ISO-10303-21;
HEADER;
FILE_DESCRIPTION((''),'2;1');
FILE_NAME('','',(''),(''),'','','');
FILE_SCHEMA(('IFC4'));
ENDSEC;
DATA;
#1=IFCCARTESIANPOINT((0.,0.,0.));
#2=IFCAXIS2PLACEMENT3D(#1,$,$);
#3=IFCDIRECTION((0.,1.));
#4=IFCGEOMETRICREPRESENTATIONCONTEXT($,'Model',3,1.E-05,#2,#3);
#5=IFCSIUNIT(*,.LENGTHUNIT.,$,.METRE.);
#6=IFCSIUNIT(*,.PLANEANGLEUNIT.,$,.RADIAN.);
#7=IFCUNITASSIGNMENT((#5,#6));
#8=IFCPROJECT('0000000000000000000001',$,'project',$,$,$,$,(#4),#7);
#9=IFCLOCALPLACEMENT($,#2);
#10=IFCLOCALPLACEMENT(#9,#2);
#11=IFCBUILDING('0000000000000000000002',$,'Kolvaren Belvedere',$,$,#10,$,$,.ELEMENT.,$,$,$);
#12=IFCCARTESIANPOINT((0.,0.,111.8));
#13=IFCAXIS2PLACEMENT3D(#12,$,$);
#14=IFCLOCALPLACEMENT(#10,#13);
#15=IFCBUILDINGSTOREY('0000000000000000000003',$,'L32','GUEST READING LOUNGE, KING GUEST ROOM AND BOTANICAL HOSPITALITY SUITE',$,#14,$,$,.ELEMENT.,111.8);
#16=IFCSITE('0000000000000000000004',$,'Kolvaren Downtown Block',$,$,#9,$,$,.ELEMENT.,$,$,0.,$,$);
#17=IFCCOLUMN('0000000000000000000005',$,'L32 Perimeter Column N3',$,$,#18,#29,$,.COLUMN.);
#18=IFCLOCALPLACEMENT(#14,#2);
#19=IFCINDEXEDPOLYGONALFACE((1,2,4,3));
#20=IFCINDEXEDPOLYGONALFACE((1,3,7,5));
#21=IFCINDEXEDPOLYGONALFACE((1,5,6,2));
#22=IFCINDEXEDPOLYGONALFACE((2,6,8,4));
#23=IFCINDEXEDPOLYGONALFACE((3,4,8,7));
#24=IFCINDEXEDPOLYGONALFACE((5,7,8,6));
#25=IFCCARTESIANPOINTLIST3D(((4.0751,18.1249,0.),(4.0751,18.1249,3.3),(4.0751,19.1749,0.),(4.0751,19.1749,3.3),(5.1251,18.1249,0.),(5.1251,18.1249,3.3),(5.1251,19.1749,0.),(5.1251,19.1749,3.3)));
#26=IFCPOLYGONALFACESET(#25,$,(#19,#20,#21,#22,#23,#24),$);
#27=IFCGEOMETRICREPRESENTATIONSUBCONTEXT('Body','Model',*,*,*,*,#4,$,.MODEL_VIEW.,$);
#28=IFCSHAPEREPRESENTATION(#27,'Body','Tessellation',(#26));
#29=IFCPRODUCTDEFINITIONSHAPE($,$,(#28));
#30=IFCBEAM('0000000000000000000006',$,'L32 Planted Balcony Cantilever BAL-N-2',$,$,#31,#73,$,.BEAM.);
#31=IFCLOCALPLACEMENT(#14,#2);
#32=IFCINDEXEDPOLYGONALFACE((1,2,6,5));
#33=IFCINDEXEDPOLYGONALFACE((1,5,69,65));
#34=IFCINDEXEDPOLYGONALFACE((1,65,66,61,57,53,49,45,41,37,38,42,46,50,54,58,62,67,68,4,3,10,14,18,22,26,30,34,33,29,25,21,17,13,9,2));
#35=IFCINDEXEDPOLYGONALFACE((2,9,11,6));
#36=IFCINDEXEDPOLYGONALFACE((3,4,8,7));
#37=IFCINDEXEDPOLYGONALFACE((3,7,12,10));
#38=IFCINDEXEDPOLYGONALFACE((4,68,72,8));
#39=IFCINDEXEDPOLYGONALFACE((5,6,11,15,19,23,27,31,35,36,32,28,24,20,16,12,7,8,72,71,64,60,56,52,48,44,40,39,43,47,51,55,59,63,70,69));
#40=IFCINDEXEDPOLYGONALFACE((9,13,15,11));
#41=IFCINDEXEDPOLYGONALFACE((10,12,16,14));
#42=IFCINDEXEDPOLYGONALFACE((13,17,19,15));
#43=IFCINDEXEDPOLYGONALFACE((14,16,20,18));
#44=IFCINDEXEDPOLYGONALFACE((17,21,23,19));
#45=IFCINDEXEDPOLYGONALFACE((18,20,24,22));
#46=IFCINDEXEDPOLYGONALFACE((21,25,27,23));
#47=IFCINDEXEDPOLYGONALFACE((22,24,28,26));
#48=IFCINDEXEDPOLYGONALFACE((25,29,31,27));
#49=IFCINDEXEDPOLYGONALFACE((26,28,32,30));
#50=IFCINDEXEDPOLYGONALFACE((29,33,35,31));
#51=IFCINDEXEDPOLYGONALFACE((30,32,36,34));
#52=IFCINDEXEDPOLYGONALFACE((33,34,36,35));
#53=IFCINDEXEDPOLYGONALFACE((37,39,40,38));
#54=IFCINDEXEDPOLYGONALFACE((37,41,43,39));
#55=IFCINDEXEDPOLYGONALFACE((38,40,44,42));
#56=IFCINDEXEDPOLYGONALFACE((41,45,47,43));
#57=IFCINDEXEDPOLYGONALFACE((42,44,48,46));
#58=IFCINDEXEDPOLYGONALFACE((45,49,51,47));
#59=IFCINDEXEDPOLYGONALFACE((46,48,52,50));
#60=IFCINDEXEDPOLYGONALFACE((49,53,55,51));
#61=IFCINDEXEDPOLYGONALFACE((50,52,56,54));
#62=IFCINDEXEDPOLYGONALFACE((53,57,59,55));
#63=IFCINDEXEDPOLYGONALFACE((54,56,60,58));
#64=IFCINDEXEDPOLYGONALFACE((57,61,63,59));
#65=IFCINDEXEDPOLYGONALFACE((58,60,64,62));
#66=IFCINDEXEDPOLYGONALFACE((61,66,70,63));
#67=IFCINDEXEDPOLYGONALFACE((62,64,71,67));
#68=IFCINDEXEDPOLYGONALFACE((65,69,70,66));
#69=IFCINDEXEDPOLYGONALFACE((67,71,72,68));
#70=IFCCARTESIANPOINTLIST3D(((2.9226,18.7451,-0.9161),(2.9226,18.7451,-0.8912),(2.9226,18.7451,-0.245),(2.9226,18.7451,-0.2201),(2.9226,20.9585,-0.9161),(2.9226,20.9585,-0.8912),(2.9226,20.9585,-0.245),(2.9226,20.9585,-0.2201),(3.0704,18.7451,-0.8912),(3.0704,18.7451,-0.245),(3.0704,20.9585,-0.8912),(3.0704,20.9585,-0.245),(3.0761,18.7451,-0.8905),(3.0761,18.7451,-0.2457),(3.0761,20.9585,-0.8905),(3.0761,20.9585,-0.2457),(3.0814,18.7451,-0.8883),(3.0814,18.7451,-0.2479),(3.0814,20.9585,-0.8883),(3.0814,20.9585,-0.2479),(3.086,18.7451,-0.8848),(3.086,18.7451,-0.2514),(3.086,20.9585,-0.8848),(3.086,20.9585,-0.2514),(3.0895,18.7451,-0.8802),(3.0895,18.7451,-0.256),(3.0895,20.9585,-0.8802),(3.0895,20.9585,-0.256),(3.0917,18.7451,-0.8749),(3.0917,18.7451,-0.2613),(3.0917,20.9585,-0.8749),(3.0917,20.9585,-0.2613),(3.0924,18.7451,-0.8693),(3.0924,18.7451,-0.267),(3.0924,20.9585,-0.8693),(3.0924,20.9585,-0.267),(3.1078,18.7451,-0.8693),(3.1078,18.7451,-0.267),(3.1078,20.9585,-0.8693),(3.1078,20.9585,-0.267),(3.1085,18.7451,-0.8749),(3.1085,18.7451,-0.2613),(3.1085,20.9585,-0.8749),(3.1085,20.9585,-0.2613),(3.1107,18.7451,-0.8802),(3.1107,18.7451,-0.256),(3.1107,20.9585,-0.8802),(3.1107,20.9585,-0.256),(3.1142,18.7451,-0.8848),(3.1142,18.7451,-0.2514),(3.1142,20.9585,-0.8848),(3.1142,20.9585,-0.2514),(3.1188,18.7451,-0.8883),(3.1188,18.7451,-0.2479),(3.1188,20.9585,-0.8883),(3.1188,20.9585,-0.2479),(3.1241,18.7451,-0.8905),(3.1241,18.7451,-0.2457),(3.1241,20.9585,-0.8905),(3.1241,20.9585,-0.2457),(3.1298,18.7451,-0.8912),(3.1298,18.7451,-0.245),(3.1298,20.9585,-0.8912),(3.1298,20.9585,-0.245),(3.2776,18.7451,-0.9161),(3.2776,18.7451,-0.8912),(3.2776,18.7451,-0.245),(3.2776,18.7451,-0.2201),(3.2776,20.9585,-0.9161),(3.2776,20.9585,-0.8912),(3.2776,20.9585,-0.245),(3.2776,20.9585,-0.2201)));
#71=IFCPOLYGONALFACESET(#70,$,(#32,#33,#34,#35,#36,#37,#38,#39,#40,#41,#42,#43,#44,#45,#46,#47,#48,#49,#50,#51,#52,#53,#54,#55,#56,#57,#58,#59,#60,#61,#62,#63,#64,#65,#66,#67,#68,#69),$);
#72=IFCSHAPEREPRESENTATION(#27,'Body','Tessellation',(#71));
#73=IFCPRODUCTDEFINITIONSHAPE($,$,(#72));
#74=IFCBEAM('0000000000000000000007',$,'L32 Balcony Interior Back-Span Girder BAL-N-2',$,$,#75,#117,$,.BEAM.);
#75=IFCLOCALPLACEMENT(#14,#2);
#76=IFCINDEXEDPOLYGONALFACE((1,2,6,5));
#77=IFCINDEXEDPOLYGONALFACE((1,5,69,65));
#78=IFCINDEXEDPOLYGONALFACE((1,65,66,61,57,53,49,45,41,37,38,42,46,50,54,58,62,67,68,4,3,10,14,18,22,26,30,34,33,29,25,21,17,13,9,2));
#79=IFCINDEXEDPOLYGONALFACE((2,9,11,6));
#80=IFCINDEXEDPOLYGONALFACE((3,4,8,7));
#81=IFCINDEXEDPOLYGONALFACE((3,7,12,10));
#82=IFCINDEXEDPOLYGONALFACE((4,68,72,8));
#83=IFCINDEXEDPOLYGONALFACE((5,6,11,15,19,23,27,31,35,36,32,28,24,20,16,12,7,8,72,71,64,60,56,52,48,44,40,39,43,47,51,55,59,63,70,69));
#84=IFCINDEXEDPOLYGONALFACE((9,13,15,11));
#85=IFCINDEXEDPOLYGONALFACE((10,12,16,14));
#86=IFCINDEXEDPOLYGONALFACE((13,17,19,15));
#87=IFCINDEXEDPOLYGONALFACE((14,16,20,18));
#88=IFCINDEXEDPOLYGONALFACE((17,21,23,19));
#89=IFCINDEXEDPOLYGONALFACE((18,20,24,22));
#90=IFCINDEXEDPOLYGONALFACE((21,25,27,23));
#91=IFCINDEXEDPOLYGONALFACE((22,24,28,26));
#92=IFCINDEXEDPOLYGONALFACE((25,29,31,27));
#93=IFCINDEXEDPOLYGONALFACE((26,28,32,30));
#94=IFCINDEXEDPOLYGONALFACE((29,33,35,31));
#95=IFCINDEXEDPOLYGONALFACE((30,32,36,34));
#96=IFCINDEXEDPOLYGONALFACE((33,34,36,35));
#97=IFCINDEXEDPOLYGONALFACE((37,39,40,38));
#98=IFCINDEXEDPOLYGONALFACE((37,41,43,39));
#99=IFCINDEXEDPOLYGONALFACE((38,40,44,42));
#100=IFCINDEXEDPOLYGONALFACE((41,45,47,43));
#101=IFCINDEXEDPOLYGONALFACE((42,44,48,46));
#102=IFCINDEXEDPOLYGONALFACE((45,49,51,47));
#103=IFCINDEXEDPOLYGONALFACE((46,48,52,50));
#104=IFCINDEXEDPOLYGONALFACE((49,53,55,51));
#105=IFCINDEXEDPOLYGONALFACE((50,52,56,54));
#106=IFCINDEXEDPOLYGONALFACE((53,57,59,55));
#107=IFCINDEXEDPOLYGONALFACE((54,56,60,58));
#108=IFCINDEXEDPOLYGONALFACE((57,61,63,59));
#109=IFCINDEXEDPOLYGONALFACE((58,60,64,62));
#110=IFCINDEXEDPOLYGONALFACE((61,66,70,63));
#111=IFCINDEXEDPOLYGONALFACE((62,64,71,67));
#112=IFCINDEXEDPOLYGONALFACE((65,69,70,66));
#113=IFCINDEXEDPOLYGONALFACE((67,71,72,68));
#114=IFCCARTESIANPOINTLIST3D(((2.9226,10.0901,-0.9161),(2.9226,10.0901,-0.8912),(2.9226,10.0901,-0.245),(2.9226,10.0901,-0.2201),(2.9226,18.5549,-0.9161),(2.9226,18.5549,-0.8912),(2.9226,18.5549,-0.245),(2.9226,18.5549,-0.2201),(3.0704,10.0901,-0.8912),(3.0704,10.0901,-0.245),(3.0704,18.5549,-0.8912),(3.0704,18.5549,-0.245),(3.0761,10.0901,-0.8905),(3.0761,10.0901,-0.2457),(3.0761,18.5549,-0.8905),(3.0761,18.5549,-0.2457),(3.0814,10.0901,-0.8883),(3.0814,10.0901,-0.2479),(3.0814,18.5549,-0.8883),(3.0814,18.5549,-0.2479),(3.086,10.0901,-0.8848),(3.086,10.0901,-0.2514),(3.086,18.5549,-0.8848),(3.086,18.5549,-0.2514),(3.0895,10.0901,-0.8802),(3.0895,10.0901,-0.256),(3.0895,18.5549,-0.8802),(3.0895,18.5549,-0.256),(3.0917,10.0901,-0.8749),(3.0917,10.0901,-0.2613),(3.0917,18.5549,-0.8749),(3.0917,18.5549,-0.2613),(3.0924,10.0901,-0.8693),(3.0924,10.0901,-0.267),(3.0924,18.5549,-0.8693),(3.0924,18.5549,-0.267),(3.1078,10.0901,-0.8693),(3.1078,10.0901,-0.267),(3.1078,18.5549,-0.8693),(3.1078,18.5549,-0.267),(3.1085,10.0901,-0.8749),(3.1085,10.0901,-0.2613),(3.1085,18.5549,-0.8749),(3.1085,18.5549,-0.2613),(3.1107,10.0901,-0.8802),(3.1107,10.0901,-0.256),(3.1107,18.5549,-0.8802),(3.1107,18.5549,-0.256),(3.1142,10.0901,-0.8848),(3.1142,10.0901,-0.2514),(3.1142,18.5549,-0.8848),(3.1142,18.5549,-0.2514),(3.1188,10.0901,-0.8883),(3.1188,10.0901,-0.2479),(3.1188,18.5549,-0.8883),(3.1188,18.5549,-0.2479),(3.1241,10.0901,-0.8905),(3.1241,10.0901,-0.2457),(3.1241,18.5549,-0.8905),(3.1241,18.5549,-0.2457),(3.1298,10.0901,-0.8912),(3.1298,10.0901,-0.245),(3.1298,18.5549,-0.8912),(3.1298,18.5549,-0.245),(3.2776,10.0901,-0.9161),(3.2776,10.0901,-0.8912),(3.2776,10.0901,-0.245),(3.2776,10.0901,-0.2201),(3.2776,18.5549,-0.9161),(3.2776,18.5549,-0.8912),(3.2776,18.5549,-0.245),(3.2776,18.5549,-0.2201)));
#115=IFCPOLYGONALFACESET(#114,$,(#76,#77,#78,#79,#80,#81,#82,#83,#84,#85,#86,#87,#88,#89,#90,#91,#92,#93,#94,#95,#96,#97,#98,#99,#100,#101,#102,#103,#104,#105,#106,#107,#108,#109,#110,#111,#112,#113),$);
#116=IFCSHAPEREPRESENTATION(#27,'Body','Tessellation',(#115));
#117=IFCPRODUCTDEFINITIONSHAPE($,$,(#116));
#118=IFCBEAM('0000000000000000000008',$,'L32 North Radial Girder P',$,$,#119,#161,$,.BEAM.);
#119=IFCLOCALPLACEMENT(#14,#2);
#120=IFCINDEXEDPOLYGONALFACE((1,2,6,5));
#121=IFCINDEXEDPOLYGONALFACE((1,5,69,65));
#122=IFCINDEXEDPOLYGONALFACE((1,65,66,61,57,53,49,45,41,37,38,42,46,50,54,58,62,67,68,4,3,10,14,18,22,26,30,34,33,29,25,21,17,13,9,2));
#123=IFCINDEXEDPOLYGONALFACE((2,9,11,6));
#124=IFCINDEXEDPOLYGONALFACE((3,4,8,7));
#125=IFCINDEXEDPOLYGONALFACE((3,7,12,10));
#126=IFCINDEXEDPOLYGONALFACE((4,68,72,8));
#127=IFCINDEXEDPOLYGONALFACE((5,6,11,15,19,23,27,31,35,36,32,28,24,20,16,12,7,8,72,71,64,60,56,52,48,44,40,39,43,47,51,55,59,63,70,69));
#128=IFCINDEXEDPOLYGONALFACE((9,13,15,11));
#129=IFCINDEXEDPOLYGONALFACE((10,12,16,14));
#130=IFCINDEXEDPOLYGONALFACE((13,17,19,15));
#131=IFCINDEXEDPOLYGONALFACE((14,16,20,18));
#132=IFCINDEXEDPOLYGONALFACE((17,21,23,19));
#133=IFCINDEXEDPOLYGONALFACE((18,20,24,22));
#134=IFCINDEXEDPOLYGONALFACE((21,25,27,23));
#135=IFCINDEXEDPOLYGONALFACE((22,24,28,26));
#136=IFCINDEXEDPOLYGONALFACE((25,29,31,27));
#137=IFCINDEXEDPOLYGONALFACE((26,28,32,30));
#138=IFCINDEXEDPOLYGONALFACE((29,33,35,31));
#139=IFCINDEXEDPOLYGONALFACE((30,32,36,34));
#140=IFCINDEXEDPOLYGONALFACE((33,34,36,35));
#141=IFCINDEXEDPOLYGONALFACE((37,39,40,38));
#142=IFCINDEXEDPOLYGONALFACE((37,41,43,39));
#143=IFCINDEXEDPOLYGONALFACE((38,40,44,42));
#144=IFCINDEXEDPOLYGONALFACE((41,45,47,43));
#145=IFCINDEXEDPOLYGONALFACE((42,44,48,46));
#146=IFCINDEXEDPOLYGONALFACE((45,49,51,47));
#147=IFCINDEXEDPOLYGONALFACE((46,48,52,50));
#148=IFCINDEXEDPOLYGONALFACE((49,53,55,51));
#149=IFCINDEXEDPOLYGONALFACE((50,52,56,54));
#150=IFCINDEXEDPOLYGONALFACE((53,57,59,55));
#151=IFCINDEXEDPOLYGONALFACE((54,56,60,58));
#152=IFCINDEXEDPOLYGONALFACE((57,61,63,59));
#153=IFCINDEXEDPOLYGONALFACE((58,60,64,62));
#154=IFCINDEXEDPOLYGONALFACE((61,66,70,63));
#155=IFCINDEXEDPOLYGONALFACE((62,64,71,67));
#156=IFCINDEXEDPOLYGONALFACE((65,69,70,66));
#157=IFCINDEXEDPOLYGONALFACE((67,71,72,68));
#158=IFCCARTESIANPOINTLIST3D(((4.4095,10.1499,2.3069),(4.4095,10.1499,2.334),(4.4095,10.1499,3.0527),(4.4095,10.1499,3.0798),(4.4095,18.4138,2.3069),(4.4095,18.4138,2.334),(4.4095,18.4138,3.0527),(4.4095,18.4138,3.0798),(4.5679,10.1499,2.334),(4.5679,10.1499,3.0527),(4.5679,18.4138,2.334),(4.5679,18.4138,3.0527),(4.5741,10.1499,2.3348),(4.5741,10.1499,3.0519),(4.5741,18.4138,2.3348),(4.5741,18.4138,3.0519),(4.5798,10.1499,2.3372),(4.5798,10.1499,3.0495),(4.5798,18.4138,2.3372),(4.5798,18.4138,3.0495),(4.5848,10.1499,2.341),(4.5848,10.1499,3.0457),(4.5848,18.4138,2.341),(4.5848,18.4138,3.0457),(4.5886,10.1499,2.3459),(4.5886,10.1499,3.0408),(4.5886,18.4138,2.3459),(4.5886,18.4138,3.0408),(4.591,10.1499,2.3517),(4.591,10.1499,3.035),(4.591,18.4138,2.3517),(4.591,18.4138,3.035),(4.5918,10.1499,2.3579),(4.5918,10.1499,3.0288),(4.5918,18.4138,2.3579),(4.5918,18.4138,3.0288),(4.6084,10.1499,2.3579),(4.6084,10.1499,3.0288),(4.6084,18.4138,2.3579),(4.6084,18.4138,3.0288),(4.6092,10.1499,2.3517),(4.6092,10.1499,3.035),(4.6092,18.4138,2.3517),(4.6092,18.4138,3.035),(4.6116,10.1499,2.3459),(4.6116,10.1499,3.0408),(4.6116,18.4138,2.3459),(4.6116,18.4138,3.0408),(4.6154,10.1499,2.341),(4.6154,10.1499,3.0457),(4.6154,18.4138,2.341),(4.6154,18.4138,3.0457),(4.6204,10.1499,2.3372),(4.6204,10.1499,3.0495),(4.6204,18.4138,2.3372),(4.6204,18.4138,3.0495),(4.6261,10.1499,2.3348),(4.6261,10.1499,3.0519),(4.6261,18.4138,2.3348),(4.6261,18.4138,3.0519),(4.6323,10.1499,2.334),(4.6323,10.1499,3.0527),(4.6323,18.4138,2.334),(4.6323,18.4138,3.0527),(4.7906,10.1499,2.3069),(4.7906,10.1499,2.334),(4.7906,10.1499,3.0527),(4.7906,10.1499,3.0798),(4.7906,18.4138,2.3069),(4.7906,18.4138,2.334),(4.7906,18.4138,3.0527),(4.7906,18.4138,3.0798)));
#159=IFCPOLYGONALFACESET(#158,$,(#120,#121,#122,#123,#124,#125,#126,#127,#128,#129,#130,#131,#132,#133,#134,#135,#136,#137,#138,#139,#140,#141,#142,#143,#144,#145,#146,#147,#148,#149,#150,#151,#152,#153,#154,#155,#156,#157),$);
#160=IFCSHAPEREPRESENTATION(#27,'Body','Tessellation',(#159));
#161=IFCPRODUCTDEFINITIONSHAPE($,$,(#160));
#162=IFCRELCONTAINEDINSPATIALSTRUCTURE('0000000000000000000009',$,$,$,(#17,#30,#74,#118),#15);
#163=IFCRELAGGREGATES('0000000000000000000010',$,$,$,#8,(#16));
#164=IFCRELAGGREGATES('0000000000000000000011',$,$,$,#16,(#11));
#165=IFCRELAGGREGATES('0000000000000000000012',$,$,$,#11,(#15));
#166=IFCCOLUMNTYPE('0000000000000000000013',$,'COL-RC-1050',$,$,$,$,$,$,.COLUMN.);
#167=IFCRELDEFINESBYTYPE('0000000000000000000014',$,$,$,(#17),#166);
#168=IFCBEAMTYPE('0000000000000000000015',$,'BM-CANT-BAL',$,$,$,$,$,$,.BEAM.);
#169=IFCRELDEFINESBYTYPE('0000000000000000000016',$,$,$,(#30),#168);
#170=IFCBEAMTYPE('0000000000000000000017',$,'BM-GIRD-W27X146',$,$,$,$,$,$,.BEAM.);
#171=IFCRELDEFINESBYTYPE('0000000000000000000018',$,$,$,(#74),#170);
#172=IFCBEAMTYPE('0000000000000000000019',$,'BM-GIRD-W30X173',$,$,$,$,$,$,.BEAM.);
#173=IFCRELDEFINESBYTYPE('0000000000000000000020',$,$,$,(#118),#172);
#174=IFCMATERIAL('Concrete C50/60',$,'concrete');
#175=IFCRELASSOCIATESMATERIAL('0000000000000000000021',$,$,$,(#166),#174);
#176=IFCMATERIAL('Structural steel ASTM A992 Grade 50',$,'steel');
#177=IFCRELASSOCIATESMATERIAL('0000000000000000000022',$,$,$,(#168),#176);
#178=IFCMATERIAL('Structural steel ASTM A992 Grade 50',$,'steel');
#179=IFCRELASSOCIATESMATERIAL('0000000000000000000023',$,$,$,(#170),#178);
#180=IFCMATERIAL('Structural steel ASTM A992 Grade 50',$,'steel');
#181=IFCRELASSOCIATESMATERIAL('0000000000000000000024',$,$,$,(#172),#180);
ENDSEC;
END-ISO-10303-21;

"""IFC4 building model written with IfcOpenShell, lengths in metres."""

from ifc_helpers import new_model, si_unit, direction, frame, origin, origin_2d, place, context, subcontext, project, spatial, rectangle, i_section, extrude, material, material_profile, profile_set, type_object, element, save


model = new_model("IFC4")

# Units and contexts
model_context = context("Model", 3, precision=1e-05, world=origin(), true_north=direction((0.0, 1.0)))
body_context = subcontext(model_context, "Body", "Model", "MODEL_VIEW")
ifc_project = project(units=[si_unit("LENGTHUNIT", "METRE"), si_unit("PLANEANGLEUNIT", "RADIAN")], contexts=[model_context])

# Site, building, storey
site_placement = place(None, origin())
site = spatial("IfcSite", under=ifc_project, at=site_placement, Name="Kolvaren Downtown Block", CompositionType="ELEMENT", RefElevation=0.0)
building_placement = place(site_placement, origin())
building = spatial("IfcBuilding", under=site, at=building_placement, Name="Kolvaren Belvedere", CompositionType="ELEMENT")
storey_placement = place(building_placement, frame((0.0, 0.0, 111.8)))
storey = spatial("IfcBuildingStorey", under=building, at=storey_placement, Name="L32", Description="GUEST READING LOUNGE, KING GUEST ROOM AND BOTANICAL HOSPITALITY SUITE", CompositionType="ELEMENT", Elevation=111.8)

# Column
ifc_material_1 = material(Name="Concrete C50/60", Category="concrete")
ifc_material_profile_1 = material_profile(ifc_material_1, rectangle(XDim=1.05, YDim=1.05, at=origin_2d()), Name="RC 1050X1050")
ifc_profile_set_1 = profile_set([ifc_material_profile_1], Name="Concrete C50/60")
column_type = type_object("IfcColumnType", Name="COL-RC-1050", PredefinedType="COLUMN", material=ifc_profile_set_1)
column_placement = place(storey_placement, frame((4.6001, 18.6499, 0.0), z_axis=(0.0, 0.0, 1.0), x_axis=(1.0, 0.0, 0.0)))
element("IfcColumn", 1, at=column_placement, inside=storey, type_object=column_type, Name="L32 Perimeter Column N3", PredefinedType="COLUMN", context=body_context, shape_type="SweptSolid", body=[
    extrude(rectangle(XDim=1.05, YDim=1.05, at=origin_2d()), origin(), (0.0, 0.0, 1.0), 3.3),
])

# Beams
ifc_material_2 = material(Name="Structural steel ASTM A992 Grade 50", Category="steel")
ifc_material_profile_2 = material_profile(ifc_material_2, i_section(OverallWidth=0.355, OverallDepth=0.696, WebThickness=0.0154, FlangeThickness=0.0249, FilletRadius=0.022, at=origin_2d()), Name="W27X146")
ifc_profile_set_2 = profile_set([ifc_material_profile_2], Name="Structural steel ASTM A992 Grade 50")
beam_type_1 = type_object("IfcBeamType", Name="BM-CANT-BAL", PredefinedType="BEAM", material=ifc_profile_set_2)
beam_1_placement = place(storey_placement, frame((3.1001, 18.7451, -0.5681), z_axis=(0.0, 1.0, 0.0), x_axis=(-1.0, 0.0, 0.0)))
element("IfcBeam", 2, at=beam_1_placement, inside=storey, type_object=beam_type_1, Name="L32 Planted Balcony Cantilever BAL-N-2", PredefinedType="BEAM", context=body_context, shape_type="SweptSolid", body=[
    extrude(i_section(OverallWidth=0.355, OverallDepth=0.696, WebThickness=0.0154, FlangeThickness=0.0249, FilletRadius=0.022, at=origin_2d()), origin(), (0.0, 0.0, 1.0), 2.2134),
])
ifc_material_3 = material(Name="Structural steel ASTM A992 Grade 50", Category="steel")
ifc_material_profile_3 = material_profile(ifc_material_3, i_section(OverallWidth=0.355, OverallDepth=0.696, WebThickness=0.0154, FlangeThickness=0.0249, FilletRadius=0.022, at=origin_2d()), Name="W27X146")
ifc_profile_set_3 = profile_set([ifc_material_profile_3], Name="Structural steel ASTM A992 Grade 50")
beam_type_2 = type_object("IfcBeamType", Name="BM-GIRD-W27X146", PredefinedType="BEAM", material=ifc_profile_set_3)
beam_2_placement = place(storey_placement, frame((3.1001, 10.0901, -0.5681), z_axis=(0.0, 1.0, 0.0), x_axis=(-1.0, 0.0, 0.0)))
element("IfcBeam", 3, at=beam_2_placement, inside=storey, type_object=beam_type_2, Name="L32 Balcony Interior Back-Span Girder BAL-N-2", PredefinedType="BEAM", context=body_context, shape_type="SweptSolid", body=[
    extrude(i_section(OverallWidth=0.355, OverallDepth=0.696, WebThickness=0.0154, FlangeThickness=0.0249, FilletRadius=0.022, at=origin_2d()), origin(), (0.0, 0.0, 1.0), 8.4648),
])
ifc_material_4 = material(Name="Structural steel ASTM A992 Grade 50", Category="steel")
ifc_material_profile_4 = material_profile(ifc_material_4, i_section(OverallWidth=0.3811, OverallDepth=0.7729, WebThickness=0.0166, FlangeThickness=0.0271, FilletRadius=0.0239, at=origin_2d()), Name="W30X173")
ifc_profile_set_4 = profile_set([ifc_material_profile_4], Name="Structural steel ASTM A992 Grade 50")
beam_type_3 = type_object("IfcBeamType", Name="BM-GIRD-W30X173", PredefinedType="BEAM", material=ifc_profile_set_4)
beam_3_placement = place(storey_placement, frame((4.6001, 10.1499, 2.6934), z_axis=(0.0, 1.0, 0.0), x_axis=(-1.0, 0.0, 0.0)))
element("IfcBeam", 4, at=beam_3_placement, inside=storey, type_object=beam_type_3, Name="L32 North Radial Girder P", PredefinedType="BEAM", context=body_context, shape_type="SweptSolid", body=[
    extrude(i_section(OverallWidth=0.3811, OverallDepth=0.7729, WebThickness=0.0166, FlangeThickness=0.0271, FilletRadius=0.0239, at=origin_2d()), origin(), (0.0, 0.0, 1.0), 8.2639),
])

save(model, "model.ifc")
